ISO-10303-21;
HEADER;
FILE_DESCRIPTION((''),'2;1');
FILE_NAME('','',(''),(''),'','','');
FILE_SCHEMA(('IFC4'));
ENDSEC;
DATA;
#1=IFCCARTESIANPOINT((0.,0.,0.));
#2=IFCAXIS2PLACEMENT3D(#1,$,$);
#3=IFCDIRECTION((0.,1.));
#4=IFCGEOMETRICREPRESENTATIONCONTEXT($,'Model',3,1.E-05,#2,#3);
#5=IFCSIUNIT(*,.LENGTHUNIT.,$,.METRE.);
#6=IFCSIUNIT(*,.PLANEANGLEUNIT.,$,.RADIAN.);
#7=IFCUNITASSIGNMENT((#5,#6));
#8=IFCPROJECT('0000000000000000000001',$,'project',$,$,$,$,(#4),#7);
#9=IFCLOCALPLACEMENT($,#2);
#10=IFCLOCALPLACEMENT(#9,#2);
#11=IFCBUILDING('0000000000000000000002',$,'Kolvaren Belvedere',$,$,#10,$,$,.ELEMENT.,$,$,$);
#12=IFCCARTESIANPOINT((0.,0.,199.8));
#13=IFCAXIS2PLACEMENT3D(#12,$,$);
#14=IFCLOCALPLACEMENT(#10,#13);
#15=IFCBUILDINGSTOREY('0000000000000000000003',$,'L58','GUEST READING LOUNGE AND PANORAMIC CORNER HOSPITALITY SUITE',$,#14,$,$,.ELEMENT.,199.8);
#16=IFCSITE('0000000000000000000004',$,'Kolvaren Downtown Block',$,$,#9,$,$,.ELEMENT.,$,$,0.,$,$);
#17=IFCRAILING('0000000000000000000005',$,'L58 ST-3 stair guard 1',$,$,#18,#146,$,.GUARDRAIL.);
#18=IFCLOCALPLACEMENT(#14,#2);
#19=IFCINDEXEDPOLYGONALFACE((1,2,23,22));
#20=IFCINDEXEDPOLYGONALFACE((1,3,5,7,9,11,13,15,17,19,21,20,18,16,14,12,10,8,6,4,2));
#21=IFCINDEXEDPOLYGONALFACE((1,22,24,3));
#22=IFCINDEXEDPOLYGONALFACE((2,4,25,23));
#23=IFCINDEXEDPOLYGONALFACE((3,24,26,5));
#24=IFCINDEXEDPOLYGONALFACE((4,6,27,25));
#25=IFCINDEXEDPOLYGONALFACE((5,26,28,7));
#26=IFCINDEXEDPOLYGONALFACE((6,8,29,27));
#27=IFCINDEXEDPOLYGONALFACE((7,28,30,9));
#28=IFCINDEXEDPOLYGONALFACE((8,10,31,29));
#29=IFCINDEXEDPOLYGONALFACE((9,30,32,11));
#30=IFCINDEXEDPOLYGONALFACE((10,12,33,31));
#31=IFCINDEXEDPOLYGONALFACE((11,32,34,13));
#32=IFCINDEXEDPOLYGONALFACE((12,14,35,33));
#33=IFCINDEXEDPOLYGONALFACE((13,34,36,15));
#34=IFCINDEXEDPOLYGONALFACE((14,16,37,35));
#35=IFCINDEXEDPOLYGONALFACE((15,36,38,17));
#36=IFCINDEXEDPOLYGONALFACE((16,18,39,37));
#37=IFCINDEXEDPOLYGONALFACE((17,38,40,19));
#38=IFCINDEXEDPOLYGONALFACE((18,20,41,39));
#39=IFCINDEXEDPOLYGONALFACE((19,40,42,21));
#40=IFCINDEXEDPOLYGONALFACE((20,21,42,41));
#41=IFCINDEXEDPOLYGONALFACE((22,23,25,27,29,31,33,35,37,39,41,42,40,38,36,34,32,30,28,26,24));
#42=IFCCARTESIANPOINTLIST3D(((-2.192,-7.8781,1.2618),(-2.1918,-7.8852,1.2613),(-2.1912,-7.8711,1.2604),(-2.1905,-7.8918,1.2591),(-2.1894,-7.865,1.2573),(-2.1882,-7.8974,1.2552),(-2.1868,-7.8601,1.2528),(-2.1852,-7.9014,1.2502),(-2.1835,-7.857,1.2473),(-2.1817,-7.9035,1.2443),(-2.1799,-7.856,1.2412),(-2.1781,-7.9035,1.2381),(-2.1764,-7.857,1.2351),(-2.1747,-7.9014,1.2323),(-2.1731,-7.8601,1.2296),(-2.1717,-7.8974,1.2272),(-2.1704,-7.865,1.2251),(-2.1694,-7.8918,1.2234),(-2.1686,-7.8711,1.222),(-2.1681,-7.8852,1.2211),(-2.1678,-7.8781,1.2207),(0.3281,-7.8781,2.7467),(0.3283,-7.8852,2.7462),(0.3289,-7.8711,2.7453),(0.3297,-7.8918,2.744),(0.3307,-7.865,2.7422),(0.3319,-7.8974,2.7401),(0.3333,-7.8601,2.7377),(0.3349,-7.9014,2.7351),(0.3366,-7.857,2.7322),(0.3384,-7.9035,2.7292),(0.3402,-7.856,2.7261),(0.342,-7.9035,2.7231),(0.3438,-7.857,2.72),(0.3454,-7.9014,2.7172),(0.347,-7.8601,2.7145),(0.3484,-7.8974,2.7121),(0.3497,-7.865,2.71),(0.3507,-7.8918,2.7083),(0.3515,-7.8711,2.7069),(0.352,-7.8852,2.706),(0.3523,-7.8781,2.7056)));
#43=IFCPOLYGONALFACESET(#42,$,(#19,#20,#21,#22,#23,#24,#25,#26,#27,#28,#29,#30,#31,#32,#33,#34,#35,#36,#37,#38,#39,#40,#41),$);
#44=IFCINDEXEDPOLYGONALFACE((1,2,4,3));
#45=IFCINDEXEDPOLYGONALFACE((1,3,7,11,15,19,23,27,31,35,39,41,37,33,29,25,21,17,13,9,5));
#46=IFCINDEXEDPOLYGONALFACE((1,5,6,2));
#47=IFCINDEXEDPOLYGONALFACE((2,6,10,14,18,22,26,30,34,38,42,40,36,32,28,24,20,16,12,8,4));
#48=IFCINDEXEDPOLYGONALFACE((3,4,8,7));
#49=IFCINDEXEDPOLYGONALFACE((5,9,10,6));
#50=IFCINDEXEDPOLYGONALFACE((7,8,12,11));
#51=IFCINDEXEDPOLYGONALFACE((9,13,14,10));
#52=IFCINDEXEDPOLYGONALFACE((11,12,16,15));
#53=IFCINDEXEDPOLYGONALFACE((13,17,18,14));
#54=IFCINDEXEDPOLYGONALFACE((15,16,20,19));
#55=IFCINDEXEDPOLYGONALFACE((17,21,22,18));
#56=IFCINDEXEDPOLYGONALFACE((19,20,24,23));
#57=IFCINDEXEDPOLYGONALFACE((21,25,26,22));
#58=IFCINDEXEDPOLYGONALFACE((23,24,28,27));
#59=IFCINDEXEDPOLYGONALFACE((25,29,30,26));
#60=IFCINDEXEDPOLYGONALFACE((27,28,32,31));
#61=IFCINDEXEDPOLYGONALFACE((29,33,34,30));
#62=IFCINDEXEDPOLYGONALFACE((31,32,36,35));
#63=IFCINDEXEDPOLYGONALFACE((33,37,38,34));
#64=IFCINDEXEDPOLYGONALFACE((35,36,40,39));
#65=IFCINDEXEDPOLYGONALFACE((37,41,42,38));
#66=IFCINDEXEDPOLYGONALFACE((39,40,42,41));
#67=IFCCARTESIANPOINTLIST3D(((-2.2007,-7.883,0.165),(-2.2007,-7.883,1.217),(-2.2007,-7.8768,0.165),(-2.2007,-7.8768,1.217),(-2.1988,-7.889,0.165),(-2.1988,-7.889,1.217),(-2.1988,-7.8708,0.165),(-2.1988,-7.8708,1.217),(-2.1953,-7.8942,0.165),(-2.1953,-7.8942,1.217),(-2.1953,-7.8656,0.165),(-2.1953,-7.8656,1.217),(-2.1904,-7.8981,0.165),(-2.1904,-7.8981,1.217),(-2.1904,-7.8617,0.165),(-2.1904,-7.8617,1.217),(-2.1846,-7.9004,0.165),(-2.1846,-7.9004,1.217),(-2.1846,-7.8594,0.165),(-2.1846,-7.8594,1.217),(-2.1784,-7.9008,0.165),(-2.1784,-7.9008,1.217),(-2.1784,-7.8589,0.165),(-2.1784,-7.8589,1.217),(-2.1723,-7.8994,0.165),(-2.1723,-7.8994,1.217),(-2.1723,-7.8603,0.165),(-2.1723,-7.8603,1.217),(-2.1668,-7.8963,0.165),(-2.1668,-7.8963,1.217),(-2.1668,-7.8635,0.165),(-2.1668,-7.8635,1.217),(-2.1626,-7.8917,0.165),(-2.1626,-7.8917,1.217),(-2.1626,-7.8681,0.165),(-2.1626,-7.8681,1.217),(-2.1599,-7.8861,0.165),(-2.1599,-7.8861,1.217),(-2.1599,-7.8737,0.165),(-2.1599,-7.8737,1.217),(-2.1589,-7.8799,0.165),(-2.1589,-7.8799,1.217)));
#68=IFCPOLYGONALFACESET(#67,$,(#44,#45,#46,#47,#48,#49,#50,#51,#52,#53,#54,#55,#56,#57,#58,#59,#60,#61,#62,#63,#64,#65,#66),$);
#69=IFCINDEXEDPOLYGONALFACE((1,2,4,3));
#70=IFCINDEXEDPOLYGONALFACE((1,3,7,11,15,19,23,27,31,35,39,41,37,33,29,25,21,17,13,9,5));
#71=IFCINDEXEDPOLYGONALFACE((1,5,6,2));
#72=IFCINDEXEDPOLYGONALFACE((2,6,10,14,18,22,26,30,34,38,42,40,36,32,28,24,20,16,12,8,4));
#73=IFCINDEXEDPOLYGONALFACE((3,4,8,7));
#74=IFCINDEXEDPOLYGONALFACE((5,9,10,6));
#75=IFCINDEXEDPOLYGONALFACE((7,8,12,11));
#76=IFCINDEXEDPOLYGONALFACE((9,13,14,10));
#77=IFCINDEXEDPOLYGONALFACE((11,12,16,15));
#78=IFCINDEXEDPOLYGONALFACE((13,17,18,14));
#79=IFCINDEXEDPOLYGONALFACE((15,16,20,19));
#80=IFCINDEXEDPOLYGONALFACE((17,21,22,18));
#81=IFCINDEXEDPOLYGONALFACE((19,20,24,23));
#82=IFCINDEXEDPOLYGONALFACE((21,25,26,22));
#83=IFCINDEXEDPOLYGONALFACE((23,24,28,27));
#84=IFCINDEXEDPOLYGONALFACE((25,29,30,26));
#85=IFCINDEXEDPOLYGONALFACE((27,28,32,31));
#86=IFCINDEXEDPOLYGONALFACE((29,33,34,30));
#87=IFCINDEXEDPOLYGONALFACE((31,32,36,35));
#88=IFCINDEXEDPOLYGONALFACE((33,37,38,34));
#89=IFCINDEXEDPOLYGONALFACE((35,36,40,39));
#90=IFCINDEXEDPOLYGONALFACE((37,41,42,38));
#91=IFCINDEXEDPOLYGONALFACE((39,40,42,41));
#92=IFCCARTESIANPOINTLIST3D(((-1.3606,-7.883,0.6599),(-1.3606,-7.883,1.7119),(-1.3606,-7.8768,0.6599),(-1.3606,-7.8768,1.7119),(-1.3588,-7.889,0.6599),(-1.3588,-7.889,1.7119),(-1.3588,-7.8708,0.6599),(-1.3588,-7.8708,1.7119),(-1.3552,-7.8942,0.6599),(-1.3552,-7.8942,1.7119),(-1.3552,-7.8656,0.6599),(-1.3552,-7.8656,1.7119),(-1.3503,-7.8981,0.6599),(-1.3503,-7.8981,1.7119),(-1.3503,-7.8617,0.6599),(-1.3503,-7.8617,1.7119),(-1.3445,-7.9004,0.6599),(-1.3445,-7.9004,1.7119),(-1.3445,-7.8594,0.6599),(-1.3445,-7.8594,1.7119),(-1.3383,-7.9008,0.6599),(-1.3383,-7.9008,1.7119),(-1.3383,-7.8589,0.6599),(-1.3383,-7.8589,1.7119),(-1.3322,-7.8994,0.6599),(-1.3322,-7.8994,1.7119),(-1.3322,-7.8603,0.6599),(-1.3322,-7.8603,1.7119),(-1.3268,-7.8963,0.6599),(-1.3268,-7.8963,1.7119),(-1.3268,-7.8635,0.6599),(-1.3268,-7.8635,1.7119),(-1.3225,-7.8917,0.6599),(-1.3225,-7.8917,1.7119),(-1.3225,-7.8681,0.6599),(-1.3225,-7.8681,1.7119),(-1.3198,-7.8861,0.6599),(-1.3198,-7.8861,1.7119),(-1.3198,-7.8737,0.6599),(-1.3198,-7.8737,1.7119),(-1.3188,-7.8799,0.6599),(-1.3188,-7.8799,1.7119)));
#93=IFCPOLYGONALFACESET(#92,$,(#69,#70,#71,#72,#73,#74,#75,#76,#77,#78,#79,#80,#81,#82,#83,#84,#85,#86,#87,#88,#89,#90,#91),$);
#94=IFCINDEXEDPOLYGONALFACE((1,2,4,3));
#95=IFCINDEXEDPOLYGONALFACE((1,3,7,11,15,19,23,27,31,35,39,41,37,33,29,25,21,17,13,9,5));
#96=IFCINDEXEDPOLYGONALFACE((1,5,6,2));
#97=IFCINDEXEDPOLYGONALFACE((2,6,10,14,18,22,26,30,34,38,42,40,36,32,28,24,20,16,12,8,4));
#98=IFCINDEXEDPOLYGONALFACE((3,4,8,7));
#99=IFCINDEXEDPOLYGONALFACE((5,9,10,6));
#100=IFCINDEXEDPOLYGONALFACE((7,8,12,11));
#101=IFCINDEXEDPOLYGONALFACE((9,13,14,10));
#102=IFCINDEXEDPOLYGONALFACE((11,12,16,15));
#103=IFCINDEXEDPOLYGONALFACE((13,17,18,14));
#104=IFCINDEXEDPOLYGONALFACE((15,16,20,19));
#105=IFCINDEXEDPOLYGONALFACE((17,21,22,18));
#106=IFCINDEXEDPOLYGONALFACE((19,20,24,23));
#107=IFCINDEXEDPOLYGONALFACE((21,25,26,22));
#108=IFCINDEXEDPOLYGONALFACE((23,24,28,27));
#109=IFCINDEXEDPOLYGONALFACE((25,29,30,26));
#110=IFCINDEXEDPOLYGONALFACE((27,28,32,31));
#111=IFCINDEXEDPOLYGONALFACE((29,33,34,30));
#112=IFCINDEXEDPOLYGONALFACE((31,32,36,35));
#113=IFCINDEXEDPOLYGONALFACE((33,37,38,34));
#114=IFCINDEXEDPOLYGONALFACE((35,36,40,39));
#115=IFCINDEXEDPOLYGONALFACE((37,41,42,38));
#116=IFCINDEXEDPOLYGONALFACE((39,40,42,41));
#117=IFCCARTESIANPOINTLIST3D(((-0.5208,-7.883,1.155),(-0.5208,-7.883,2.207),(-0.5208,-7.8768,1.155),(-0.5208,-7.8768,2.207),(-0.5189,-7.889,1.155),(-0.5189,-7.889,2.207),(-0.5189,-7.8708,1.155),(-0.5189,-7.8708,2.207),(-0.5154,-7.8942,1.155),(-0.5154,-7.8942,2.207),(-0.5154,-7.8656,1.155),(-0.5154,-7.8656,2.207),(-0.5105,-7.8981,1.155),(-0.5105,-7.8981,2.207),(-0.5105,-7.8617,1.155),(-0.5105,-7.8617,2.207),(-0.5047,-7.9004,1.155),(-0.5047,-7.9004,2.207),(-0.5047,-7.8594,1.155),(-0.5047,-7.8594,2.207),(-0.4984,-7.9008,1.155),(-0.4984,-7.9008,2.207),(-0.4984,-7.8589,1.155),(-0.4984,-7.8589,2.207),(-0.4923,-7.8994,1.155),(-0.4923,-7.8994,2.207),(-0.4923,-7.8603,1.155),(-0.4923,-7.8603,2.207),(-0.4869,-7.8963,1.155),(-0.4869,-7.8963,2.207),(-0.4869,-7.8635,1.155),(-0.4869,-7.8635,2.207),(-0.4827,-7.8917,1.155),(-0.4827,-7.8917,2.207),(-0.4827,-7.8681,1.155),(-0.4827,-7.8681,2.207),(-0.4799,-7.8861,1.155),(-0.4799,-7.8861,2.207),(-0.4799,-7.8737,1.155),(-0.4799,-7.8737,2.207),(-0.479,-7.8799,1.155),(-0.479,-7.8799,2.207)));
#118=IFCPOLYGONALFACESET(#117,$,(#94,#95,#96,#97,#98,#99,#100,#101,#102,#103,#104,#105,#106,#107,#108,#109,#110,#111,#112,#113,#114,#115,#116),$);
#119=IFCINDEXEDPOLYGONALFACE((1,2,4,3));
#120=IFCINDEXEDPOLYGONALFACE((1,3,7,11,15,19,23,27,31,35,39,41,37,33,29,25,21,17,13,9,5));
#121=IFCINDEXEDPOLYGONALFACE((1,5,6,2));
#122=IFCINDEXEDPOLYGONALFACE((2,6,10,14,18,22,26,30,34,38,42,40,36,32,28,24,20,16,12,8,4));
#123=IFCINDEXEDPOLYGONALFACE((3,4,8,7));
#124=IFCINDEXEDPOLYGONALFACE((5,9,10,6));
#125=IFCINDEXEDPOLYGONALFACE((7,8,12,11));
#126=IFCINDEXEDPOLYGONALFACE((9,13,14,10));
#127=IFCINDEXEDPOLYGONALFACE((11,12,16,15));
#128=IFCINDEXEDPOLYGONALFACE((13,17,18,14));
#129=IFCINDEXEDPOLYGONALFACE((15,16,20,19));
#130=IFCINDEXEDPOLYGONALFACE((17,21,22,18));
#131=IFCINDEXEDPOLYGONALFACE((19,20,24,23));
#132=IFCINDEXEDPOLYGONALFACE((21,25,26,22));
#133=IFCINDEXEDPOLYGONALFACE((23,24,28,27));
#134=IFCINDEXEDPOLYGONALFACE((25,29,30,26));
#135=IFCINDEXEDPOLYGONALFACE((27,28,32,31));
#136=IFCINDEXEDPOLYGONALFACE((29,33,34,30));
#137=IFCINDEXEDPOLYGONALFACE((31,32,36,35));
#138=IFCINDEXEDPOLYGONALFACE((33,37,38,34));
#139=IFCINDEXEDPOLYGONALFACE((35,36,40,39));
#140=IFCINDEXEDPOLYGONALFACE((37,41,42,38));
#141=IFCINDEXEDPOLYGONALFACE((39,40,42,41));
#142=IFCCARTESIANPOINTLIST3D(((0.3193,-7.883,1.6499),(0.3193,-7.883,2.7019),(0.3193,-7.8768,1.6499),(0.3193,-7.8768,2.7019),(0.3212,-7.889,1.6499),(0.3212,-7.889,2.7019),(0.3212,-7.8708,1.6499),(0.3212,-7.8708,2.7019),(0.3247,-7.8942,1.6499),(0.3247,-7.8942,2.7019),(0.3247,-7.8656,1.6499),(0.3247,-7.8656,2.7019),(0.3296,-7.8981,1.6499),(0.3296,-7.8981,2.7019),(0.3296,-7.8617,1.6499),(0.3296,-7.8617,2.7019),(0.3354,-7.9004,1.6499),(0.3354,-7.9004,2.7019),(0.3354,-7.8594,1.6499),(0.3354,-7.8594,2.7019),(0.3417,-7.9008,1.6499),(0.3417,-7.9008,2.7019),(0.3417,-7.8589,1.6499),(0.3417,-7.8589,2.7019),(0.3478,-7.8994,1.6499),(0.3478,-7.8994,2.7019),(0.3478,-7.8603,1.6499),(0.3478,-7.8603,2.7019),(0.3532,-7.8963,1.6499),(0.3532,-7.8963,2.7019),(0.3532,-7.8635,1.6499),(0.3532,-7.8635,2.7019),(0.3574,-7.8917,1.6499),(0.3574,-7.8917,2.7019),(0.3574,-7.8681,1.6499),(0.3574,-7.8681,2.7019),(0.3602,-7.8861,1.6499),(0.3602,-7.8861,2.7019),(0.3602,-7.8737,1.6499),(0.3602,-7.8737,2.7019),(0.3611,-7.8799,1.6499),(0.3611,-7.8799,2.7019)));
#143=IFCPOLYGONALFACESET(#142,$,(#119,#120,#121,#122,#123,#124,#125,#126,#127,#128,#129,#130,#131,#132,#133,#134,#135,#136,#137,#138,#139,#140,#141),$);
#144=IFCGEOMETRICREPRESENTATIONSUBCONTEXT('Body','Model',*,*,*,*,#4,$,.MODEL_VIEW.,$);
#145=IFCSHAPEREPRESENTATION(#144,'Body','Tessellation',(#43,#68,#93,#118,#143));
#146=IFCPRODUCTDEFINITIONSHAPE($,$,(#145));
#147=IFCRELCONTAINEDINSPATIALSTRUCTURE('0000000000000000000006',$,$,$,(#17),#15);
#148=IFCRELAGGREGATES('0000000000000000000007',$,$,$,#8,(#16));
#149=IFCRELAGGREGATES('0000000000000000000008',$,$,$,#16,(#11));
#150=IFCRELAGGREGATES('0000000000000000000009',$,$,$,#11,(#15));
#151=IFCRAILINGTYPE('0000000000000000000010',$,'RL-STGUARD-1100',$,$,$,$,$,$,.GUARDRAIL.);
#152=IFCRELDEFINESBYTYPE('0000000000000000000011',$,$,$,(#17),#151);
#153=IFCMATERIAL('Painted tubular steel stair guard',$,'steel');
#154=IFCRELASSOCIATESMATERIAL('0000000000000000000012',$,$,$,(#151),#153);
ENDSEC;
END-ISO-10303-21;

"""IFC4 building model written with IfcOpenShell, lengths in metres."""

from ifc_helpers import new_model, si_unit, direction, frame, origin, origin_2d, place, context, subcontext, project, spatial, circle, extrude, material, type_object, element, save


model = new_model("IFC4")

# Units and contexts
model_context = context("Model", 3, precision=1e-05, world=origin(), true_north=direction((0.0, 1.0)))
body_context = subcontext(model_context, "Body", "Model", "MODEL_VIEW")
ifc_project = project(units=[si_unit("LENGTHUNIT", "METRE"), si_unit("PLANEANGLEUNIT", "RADIAN")], contexts=[model_context])

# Site, building, storey
site_placement = place(None, origin())
site = spatial("IfcSite", under=ifc_project, at=site_placement, Name="Kolvaren Downtown Block", CompositionType="ELEMENT", RefElevation=0.0)
building_placement = place(site_placement, origin())
building = spatial("IfcBuilding", under=site, at=building_placement, Name="Kolvaren Belvedere", CompositionType="ELEMENT")
storey_placement = place(building_placement, frame((0.0, 0.0, 199.8)))
storey = spatial("IfcBuildingStorey", under=building, at=storey_placement, Name="L58", Description="GUEST READING LOUNGE AND PANORAMIC CORNER HOSPITALITY SUITE", CompositionType="ELEMENT", Elevation=199.8)

# Railing
ifc_material_1 = material(Name="Painted tubular steel stair guard", Category="steel")
railing_type_1 = type_object("IfcRailingType", Name="RL-STGUARD-1100", PredefinedType="GUARDRAIL", material=ifc_material_1)
railing_1_placement = place(storey_placement, frame((-2.1799, -7.8799, 0.165)))
element("IfcRailing", 1, at=railing_1_placement, inside=storey, type_object=railing_type_1, Name="L58 ST-3 stair guard 1", PredefinedType="GUARDRAIL", context=body_context, shape_type="SweptSolid", body=[
    extrude(circle(Radius=0.0239, at=origin_2d()), frame((0.0, 0.0, 1.0762), z_axis=(0.861561, 0.0, 0.507655), x_axis=(0.0, 1.0, 0.0)), (0.0, 0.0, 1.0), 2.925),
    extrude(circle(Radius=0.021, at=origin_2d()), origin(), (0.0, 0.0, 1.0), 1.052),
    extrude(circle(Radius=0.021, at=origin_2d()), frame((0.8401, 0.0, 0.4949)), (0.0, 0.0, 1.0), 1.052),
    extrude(circle(Radius=0.021, at=origin_2d()), frame((1.6799, 0.0, 0.99)), (0.0, 0.0, 1.0), 1.052),
    extrude(circle(Radius=0.021, at=origin_2d()), frame((2.52, 0.0, 1.4849)), (0.0, 0.0, 1.0), 1.052),
])

save(model, "model.ifc")
